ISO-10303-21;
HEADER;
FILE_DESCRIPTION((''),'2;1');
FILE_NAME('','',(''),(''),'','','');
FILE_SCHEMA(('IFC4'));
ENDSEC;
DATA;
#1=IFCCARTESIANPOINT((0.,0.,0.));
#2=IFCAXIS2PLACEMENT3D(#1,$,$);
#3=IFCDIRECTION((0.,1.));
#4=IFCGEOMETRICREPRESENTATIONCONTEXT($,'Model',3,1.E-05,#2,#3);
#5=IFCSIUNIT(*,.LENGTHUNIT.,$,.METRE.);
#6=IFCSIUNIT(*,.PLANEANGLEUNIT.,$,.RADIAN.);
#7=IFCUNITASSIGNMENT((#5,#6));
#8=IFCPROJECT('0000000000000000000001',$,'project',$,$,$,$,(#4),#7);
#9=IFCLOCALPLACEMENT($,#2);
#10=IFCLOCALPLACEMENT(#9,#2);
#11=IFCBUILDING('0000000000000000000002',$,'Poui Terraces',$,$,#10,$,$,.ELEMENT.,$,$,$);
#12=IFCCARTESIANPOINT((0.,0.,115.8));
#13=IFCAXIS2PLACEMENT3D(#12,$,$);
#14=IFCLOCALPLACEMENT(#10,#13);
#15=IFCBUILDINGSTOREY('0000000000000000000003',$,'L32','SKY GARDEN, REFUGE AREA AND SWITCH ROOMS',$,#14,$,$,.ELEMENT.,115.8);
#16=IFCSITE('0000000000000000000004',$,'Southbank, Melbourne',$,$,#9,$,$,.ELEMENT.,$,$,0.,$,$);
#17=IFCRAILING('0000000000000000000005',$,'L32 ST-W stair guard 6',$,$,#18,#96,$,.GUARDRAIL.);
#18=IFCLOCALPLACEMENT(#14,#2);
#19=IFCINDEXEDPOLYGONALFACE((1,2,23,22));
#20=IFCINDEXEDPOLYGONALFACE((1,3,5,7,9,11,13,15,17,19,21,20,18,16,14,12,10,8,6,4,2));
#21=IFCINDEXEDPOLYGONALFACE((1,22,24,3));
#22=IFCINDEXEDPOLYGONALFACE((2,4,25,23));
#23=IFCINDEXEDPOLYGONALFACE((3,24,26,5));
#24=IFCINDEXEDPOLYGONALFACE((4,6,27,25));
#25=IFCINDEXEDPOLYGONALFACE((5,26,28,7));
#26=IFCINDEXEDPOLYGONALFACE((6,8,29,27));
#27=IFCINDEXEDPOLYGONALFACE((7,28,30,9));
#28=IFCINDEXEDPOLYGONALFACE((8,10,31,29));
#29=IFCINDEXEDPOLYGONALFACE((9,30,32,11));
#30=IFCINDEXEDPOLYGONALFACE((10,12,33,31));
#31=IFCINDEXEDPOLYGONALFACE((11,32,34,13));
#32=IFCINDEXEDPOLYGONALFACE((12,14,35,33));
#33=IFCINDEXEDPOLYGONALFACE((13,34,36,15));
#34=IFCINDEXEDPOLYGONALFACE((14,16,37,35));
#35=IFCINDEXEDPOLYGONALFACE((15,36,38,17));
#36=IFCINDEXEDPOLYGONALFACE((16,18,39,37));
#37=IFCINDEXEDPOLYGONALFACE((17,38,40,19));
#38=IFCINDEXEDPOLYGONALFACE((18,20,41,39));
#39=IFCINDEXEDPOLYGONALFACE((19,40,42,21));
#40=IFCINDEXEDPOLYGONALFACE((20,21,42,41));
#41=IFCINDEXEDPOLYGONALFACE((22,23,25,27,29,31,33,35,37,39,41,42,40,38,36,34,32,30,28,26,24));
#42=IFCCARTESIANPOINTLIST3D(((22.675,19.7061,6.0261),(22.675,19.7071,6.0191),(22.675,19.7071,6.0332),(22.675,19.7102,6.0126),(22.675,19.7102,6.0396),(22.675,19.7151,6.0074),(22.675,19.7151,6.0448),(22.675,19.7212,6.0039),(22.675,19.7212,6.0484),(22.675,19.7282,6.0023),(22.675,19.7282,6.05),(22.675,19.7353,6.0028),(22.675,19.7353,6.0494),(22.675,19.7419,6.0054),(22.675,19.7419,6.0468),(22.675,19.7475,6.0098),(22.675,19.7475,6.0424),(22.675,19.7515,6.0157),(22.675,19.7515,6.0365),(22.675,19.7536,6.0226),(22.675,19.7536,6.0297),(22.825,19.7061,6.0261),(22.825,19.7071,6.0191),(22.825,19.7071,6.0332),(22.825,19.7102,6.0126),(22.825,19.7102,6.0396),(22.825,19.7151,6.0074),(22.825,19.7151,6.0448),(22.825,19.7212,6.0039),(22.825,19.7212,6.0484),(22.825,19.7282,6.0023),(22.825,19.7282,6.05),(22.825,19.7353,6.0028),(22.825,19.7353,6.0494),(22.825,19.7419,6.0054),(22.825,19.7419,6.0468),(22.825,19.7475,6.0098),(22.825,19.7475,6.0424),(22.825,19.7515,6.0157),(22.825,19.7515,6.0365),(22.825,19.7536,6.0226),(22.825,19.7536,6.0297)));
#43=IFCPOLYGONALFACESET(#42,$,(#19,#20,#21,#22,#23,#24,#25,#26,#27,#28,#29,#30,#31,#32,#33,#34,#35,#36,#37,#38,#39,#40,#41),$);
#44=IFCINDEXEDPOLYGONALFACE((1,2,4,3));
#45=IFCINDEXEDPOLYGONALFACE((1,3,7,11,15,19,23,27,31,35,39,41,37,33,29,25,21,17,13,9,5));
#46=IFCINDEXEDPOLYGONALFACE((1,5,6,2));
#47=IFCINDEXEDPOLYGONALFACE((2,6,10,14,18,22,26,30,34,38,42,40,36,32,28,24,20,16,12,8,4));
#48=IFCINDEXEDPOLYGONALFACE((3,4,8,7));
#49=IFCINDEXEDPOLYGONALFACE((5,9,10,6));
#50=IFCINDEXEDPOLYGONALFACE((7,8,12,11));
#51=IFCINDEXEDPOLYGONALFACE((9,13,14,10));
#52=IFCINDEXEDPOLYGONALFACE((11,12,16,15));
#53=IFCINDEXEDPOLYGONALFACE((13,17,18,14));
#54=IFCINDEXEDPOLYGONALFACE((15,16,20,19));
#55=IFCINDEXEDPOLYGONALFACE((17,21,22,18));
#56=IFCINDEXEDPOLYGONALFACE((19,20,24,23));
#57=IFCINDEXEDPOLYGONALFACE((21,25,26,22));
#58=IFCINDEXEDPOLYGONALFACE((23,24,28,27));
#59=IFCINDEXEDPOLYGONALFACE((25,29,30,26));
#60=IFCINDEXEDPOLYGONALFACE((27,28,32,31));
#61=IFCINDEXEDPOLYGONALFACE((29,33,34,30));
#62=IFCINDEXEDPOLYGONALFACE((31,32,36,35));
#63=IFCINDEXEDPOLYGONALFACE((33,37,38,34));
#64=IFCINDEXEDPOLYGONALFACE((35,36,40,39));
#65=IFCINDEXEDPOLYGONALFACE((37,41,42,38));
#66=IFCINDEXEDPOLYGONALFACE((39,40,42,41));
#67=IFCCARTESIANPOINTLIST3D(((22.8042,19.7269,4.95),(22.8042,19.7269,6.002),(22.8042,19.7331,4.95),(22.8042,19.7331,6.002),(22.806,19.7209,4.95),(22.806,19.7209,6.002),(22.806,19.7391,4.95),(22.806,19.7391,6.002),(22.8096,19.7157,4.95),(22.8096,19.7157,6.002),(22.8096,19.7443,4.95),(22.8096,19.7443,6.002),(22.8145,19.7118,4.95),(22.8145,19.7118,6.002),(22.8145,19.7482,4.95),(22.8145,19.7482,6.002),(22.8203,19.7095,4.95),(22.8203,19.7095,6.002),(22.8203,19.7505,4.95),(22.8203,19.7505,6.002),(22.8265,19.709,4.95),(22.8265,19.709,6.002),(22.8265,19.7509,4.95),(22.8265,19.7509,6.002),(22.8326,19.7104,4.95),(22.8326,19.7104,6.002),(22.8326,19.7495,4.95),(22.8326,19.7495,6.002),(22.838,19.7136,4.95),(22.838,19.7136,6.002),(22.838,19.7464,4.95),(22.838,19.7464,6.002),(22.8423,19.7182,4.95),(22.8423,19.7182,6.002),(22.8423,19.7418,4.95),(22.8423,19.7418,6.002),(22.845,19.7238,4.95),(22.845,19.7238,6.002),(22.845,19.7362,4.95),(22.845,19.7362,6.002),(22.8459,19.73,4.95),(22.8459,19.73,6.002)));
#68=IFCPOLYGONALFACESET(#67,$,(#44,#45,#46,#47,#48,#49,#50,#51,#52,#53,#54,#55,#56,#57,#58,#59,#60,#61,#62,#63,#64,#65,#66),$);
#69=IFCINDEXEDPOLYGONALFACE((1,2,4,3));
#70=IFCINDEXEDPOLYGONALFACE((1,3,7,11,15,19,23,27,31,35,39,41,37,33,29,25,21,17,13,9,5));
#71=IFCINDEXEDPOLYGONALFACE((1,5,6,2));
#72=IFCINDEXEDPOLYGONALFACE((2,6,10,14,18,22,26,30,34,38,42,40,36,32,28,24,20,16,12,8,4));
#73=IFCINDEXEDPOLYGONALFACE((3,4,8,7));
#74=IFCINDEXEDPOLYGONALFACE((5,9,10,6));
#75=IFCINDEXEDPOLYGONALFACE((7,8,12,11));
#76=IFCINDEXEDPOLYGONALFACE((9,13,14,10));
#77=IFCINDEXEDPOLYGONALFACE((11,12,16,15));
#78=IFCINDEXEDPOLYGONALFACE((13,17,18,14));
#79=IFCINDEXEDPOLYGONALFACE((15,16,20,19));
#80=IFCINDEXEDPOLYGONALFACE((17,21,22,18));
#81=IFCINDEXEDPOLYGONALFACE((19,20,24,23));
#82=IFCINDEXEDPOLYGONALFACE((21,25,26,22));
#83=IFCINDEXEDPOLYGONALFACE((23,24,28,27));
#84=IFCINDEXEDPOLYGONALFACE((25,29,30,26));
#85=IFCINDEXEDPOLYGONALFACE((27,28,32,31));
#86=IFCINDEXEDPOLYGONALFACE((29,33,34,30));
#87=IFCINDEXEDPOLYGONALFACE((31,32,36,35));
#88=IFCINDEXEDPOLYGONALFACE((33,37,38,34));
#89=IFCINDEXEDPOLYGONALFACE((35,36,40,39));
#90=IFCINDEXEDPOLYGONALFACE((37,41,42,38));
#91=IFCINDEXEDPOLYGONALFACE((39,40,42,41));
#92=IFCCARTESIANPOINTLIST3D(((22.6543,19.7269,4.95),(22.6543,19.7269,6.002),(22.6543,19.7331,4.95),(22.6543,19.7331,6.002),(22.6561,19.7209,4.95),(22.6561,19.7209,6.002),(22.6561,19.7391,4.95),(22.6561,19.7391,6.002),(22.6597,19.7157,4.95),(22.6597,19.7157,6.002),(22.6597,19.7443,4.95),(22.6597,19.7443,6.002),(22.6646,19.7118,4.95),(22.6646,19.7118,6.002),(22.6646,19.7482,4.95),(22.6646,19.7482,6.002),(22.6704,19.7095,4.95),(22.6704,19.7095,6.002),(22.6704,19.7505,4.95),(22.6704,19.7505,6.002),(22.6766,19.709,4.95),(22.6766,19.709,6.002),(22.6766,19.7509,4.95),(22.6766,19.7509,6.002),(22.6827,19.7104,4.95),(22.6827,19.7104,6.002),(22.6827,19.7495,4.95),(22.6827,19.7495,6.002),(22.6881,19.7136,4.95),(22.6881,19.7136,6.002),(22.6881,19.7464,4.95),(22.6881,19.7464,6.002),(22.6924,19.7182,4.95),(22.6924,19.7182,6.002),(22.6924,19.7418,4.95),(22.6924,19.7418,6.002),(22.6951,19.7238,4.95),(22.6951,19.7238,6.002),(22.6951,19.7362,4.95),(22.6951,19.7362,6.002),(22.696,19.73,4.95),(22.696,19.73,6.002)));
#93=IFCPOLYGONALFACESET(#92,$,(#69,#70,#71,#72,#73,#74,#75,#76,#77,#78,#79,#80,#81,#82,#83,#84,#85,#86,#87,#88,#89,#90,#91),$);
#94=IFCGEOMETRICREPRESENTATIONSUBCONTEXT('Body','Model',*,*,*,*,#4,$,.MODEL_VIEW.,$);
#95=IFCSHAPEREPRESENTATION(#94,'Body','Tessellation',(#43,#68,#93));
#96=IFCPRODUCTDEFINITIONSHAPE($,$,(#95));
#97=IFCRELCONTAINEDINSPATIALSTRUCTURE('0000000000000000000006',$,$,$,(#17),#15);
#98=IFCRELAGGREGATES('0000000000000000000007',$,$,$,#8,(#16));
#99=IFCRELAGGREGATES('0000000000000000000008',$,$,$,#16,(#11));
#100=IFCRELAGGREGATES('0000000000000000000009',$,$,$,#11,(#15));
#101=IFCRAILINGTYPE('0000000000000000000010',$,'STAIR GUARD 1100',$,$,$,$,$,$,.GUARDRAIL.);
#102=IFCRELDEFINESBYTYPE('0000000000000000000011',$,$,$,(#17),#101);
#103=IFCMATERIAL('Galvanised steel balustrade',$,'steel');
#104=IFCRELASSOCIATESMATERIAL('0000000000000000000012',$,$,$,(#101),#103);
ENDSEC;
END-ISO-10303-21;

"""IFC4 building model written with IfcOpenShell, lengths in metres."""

from ifc_helpers import new_model, si_unit, direction, frame, origin, origin_2d, place, context, subcontext, project, spatial, circle, extrude, material, type_object, element, save


model = new_model("IFC4")

# Units and contexts
model_context = context("Model", 3, precision=1e-05, world=origin(), true_north=direction((0.0, 1.0)))
body_context = subcontext(model_context, "Body", "Model", "MODEL_VIEW")
ifc_project = project(units=[si_unit("LENGTHUNIT", "METRE"), si_unit("PLANEANGLEUNIT", "RADIAN")], contexts=[model_context])

# Site, building, storey
site_placement = place(None, origin())
site = spatial("IfcSite", under=ifc_project, at=site_placement, Name="Southbank, Melbourne", CompositionType="ELEMENT", RefElevation=0.0)
building_placement = place(site_placement, origin())
building = spatial("IfcBuilding", under=site, at=building_placement, Name="Poui Terraces", CompositionType="ELEMENT")
storey_placement = place(building_placement, frame((0.0, 0.0, 115.8)))
storey = spatial("IfcBuildingStorey", under=building, at=storey_placement, Name="L32", Description="SKY GARDEN, REFUGE AREA AND SWITCH ROOMS", CompositionType="ELEMENT", Elevation=115.8)

# Railing
ifc_material_1 = material(Name="Galvanised steel balustrade", Category="steel")
railing_type_1 = type_object("IfcRailingType", Name="STAIR GUARD 1100", PredefinedType="GUARDRAIL", material=ifc_material_1)
railing_1_placement = place(storey_placement, frame((22.825, 19.73, 4.95)))
element("IfcRailing", 1, at=railing_1_placement, inside=storey, type_object=railing_type_1, Name="L32 ST-W stair guard 6", PredefinedType="GUARDRAIL", context=body_context, shape_type="SweptSolid", body=[
    extrude(circle(Radius=0.0239, at=origin_2d()), frame((0.0, 0.0, 1.0762), z_axis=(-1.0, 0.0, 0.0), x_axis=(0.0, -1.0, 0.0)), (0.0, 0.0, 1.0), 0.1499),
    extrude(circle(Radius=0.021, at=origin_2d()), origin(), (0.0, 0.0, 1.0), 1.052),
    extrude(circle(Radius=0.021, at=origin_2d()), frame((-0.1499, 0.0, 0.0)), (0.0, 0.0, 1.0), 1.052),
])

save(model, "model.ifc")
